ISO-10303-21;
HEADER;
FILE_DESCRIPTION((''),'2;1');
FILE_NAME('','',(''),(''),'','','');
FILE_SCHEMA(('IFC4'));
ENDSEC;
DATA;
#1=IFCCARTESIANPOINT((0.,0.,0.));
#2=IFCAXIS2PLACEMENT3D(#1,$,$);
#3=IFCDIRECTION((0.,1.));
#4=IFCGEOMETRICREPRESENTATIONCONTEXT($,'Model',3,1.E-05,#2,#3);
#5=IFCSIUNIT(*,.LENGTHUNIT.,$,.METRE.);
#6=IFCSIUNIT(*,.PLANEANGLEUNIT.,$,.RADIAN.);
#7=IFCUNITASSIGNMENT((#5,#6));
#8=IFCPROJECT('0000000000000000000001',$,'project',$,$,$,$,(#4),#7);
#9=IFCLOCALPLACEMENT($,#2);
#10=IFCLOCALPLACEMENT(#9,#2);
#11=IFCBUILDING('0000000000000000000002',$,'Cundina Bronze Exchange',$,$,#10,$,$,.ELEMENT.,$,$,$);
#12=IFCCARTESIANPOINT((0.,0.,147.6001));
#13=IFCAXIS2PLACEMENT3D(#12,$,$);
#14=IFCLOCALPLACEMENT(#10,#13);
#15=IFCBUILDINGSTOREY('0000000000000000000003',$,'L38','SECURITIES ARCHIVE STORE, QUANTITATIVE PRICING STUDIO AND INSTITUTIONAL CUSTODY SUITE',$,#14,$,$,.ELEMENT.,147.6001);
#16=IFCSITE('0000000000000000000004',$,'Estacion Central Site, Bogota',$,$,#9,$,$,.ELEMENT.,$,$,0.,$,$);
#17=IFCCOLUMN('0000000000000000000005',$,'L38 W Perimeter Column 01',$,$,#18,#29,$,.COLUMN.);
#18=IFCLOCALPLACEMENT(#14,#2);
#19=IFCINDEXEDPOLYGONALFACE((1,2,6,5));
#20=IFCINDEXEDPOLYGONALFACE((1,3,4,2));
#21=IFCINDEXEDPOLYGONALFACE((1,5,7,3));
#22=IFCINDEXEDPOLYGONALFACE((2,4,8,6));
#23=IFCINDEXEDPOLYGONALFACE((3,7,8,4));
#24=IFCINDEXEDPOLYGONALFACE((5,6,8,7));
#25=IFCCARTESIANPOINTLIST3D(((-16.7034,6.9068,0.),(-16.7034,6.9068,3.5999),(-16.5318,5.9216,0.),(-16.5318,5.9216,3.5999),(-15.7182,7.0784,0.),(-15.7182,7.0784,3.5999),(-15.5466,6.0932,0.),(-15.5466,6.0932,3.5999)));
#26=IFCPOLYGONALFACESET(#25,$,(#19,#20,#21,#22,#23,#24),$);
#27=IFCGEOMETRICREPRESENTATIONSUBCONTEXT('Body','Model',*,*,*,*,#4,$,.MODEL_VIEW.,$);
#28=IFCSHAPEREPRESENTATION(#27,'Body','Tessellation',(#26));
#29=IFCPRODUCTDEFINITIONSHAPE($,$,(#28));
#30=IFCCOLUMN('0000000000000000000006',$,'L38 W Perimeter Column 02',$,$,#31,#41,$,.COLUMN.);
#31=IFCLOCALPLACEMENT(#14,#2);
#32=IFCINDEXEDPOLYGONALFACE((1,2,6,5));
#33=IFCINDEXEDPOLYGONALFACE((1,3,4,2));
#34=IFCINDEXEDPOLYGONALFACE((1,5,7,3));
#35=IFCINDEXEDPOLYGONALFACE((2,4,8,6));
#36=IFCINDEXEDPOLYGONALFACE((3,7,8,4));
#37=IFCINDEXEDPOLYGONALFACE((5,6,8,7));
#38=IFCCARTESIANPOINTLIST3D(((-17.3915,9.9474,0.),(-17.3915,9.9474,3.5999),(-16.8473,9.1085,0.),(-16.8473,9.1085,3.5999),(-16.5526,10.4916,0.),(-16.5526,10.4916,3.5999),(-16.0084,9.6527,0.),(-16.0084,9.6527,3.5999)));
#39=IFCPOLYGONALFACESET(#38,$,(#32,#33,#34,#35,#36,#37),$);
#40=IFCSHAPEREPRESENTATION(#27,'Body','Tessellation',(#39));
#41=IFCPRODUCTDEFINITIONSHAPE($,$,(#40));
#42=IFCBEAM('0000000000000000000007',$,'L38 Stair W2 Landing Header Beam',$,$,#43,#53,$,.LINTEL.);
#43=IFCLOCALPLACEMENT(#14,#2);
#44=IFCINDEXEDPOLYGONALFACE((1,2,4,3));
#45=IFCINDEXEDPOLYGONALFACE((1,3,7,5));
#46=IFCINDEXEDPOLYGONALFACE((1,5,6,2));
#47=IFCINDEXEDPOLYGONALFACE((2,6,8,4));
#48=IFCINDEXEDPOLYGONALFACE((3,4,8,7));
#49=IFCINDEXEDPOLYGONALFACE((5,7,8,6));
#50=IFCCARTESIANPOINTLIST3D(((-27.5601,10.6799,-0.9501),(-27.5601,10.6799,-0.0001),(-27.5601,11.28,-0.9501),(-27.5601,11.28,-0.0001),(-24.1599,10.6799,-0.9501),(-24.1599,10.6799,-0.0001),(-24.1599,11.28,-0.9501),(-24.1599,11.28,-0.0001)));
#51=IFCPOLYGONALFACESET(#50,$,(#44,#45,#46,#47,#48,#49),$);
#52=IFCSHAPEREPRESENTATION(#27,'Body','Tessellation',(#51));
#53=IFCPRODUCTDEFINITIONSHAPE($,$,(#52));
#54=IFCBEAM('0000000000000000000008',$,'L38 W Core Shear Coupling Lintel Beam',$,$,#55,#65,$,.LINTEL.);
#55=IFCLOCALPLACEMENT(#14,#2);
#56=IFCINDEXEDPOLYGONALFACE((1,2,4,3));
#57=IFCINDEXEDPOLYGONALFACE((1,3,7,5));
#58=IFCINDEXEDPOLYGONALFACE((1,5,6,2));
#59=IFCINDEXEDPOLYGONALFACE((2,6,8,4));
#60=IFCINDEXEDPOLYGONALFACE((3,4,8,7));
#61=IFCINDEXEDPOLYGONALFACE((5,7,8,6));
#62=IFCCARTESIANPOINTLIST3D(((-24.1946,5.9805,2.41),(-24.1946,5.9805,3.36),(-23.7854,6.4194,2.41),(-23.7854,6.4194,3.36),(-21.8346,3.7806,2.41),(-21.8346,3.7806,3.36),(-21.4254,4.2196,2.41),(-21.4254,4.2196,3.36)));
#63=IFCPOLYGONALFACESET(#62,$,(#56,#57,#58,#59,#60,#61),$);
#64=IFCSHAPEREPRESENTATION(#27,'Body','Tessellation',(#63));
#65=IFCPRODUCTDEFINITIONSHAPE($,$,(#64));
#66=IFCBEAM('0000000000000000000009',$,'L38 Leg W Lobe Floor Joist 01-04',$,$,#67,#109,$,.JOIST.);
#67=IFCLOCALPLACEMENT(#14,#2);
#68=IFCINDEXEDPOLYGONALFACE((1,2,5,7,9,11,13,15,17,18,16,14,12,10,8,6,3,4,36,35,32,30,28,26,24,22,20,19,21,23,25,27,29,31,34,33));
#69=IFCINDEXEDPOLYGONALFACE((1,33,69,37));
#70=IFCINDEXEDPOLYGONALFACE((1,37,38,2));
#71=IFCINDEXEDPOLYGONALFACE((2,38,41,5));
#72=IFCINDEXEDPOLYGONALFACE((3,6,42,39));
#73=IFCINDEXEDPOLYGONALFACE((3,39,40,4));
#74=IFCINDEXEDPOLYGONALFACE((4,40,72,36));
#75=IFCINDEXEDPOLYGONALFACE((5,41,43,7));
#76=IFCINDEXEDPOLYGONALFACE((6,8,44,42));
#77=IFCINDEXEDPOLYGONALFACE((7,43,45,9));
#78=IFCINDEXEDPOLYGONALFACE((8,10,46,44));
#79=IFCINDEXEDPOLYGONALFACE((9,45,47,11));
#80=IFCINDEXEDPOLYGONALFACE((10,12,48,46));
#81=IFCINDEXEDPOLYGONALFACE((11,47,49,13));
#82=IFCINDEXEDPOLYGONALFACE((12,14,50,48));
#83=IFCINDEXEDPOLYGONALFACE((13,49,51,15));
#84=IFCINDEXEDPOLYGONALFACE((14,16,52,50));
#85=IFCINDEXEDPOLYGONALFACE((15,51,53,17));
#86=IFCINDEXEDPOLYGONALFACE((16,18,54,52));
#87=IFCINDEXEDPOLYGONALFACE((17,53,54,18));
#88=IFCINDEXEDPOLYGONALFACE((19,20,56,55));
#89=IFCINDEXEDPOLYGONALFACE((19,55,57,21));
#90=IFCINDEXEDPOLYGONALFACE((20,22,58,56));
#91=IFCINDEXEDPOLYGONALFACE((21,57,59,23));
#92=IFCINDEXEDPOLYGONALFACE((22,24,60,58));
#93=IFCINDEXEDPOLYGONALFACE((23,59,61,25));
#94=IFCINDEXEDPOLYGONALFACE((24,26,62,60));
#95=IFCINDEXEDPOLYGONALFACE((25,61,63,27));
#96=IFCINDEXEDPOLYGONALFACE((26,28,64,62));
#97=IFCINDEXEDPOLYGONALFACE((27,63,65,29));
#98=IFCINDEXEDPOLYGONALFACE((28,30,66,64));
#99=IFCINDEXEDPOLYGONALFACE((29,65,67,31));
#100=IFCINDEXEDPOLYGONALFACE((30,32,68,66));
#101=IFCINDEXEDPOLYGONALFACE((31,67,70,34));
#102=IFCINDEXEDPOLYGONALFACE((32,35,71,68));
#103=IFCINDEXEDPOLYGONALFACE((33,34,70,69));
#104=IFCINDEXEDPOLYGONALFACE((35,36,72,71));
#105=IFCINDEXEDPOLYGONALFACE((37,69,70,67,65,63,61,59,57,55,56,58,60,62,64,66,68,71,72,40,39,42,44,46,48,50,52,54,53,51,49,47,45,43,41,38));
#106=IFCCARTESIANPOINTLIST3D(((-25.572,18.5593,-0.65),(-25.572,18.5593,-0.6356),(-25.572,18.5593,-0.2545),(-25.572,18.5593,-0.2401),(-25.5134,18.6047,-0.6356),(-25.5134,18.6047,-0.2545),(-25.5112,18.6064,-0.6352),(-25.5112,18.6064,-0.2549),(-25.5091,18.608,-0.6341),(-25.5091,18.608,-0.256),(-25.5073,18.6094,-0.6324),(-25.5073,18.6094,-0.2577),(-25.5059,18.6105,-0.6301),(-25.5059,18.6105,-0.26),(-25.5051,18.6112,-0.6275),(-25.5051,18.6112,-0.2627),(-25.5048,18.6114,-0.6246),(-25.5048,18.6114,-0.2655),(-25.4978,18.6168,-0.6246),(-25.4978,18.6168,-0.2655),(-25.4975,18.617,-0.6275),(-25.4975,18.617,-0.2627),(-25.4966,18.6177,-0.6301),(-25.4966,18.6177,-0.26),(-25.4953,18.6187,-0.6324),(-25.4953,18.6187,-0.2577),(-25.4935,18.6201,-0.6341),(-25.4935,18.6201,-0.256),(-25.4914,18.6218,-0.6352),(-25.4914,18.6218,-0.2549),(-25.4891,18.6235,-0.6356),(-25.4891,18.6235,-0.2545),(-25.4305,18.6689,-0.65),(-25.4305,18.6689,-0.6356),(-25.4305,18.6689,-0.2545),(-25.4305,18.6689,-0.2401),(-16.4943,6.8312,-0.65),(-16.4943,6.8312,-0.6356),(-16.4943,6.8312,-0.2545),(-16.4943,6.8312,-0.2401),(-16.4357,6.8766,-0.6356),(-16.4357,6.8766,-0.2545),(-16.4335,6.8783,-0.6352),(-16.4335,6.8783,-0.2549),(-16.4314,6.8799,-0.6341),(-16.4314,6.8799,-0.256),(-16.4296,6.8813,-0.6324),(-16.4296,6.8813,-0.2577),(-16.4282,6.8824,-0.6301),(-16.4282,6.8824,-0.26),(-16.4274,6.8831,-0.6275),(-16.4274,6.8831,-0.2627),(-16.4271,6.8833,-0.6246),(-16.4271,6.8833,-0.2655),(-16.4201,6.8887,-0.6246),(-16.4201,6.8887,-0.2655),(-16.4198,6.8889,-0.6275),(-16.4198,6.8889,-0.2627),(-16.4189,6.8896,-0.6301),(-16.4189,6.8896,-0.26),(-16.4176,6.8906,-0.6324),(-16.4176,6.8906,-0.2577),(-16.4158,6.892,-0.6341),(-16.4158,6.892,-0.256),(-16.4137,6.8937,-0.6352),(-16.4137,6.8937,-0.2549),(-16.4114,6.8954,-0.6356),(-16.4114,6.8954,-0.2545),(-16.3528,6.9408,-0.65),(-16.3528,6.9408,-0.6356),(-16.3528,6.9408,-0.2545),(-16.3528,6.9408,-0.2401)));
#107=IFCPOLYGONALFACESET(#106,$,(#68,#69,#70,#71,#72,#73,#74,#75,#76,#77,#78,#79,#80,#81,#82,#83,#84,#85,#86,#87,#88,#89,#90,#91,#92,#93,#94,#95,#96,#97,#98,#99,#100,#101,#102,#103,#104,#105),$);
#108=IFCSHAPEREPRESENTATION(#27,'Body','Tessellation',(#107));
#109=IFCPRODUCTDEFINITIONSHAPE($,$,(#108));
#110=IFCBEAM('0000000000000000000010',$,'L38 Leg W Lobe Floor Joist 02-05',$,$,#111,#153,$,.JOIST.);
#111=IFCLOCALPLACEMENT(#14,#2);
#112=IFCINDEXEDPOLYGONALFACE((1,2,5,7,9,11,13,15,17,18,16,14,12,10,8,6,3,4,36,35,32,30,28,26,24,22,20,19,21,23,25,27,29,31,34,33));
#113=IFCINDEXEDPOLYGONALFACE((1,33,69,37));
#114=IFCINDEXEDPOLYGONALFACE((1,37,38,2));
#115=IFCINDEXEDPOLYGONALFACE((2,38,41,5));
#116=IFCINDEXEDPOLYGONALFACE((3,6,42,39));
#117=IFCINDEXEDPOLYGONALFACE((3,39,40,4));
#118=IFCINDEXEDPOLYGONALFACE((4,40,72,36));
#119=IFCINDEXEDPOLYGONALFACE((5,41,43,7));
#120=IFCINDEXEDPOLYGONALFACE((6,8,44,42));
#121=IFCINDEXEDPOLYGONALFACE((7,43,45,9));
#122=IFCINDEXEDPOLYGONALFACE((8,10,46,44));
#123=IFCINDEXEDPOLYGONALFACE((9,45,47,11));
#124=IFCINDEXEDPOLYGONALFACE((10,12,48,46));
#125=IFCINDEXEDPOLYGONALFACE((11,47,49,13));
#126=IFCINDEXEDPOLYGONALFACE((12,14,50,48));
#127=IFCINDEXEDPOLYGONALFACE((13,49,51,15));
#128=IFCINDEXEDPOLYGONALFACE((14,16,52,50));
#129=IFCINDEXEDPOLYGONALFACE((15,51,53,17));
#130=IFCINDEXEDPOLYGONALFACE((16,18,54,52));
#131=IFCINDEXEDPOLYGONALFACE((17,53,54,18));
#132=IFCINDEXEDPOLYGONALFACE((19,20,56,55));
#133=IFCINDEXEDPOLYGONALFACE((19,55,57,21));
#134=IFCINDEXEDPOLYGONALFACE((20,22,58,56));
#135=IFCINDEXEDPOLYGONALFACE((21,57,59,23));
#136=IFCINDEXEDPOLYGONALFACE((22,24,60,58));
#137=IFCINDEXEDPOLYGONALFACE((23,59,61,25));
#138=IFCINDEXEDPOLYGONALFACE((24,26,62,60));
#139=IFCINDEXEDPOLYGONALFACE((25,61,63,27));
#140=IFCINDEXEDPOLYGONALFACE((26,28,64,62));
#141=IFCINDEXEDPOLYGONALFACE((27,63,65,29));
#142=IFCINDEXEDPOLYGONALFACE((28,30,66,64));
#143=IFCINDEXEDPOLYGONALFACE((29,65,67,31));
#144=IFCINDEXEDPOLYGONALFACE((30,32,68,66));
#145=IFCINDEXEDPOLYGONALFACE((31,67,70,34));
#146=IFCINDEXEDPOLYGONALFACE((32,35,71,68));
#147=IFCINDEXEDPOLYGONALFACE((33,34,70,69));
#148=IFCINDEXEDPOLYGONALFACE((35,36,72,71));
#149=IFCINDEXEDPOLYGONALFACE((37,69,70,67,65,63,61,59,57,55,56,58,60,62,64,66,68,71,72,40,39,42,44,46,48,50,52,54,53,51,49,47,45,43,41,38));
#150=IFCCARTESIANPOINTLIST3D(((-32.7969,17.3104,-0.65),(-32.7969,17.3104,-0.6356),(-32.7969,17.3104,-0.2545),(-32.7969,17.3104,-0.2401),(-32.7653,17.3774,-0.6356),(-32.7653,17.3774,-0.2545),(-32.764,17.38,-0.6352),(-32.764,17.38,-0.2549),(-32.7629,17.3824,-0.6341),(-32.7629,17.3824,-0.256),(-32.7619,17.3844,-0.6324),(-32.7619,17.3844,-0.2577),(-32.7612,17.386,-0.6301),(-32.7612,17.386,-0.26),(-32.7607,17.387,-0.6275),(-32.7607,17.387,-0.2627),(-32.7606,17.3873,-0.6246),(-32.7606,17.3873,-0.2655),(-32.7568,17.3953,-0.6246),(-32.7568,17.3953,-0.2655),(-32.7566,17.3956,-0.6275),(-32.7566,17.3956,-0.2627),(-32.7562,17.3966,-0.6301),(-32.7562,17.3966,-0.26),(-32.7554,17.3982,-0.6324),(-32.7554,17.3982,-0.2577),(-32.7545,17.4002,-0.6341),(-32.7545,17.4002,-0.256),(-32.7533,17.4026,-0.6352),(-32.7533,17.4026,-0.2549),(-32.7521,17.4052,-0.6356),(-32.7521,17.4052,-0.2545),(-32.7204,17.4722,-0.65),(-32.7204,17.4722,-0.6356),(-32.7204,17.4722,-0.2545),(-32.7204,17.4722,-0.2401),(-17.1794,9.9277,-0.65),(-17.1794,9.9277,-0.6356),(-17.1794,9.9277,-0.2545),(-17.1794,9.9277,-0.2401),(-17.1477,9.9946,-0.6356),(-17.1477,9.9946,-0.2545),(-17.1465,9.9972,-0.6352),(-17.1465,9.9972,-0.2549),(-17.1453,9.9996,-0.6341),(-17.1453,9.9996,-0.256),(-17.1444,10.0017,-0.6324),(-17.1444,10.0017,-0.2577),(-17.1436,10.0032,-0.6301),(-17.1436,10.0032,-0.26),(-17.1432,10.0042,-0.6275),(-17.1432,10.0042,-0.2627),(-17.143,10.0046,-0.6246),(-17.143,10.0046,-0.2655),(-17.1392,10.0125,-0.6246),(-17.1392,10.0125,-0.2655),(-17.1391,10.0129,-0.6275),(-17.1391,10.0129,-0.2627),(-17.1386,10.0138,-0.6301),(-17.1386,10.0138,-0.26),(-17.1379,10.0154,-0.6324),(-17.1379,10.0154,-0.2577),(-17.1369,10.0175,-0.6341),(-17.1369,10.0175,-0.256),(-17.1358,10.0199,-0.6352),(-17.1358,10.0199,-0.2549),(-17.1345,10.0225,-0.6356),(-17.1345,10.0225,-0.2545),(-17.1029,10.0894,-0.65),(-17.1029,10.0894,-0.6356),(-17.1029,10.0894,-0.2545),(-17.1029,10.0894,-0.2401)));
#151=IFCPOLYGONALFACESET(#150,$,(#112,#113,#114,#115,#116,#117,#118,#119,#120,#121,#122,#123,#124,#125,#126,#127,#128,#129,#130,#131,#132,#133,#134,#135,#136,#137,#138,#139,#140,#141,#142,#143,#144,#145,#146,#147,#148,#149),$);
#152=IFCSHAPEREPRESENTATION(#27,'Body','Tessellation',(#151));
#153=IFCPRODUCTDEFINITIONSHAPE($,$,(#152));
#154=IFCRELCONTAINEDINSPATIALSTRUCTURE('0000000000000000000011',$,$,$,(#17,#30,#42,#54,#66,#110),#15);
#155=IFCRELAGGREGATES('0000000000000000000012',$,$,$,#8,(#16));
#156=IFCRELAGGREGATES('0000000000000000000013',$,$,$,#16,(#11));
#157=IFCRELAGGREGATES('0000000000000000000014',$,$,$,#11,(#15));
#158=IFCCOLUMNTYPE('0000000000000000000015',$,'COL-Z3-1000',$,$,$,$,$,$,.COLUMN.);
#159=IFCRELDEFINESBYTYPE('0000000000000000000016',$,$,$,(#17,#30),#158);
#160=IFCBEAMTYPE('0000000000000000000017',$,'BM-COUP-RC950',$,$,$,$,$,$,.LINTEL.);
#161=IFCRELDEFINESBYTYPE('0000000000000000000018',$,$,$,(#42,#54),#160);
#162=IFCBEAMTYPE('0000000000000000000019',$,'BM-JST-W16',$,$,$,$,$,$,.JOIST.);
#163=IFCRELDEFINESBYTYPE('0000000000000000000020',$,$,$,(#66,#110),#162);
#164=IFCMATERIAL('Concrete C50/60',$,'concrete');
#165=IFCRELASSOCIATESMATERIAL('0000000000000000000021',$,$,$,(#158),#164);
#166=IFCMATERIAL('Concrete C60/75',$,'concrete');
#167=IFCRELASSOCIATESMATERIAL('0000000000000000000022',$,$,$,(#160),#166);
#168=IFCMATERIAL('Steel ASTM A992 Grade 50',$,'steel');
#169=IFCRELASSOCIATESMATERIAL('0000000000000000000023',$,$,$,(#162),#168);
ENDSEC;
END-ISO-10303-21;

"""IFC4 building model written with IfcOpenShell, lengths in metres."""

from ifc_helpers import new_model, si_unit, direction, frame, origin, origin_2d, place, context, subcontext, project, spatial, rectangle, i_section, extrude, material, material_profile, profile_set, type_object, element, save


model = new_model("IFC4")

# Units and contexts
model_context = context("Model", 3, precision=1e-05, world=origin(), true_north=direction((0.0, 1.0)))
body_context = subcontext(model_context, "Body", "Model", "MODEL_VIEW")
ifc_project = project(units=[si_unit("LENGTHUNIT", "METRE"), si_unit("PLANEANGLEUNIT", "RADIAN")], contexts=[model_context])

# Site, building, storey
site_placement = place(None, origin())
site = spatial("IfcSite", under=ifc_project, at=site_placement, Name="Estacion Central Site, Bogota", CompositionType="ELEMENT", RefElevation=0.0)
building_placement = place(site_placement, origin())
building = spatial("IfcBuilding", under=site, at=building_placement, Name="Cundina Bronze Exchange", CompositionType="ELEMENT")
storey_placement = place(building_placement, frame((0.0, 0.0, 147.6001)))
storey = spatial("IfcBuildingStorey", under=building, at=storey_placement, Name="L38", Description="SECURITIES ARCHIVE STORE, QUANTITATIVE PRICING STUDIO AND INSTITUTIONAL CUSTODY SUITE", CompositionType="ELEMENT", Elevation=147.6001)

# Columns
ifc_material_1 = material(Name="Concrete C50/60", Category="concrete")
ifc_material_profile_1 = material_profile(ifc_material_1, rectangle(XDim=1.0, YDim=1.0, at=origin_2d()), Name="RC1000X1000", Category="concrete")
ifc_profile_set_1 = profile_set([ifc_material_profile_1], Name="Concrete C50/60")
column_type = type_object("IfcColumnType", Name="COL-Z3-1000", PredefinedType="COLUMN", material=ifc_profile_set_1)
for number, where, z_axis, x_axis, name in (
    (1, (-16.125, 6.5, 0.0), (0.0, 0.0, 1.0), (-0.171585, 0.985169, 0.0), "L38 W Perimeter Column 01"),
    (2, (-16.7, 9.8, 0.0), (0.0, 0.0, 1.0), (-0.5442, 0.838956, 0.0), "L38 W Perimeter Column 02"),
):
    element("IfcColumn", number, at=place(storey_placement, frame(where, z_axis=z_axis, x_axis=x_axis)), inside=storey, type_object=column_type, Name=name, PredefinedType="COLUMN", context=body_context, shape_type="SweptSolid", body=[
        extrude(rectangle(XDim=1.0, YDim=1.0, at=origin_2d()), origin(), (0.0, 0.0, 1.0), 3.5999),
    ])

# Beams
ifc_material_2 = material(Name="Concrete C60/75", Category="concrete")
ifc_material_profile_2 = material_profile(ifc_material_2, rectangle(XDim=0.6001, YDim=0.95, at=origin_2d()), Name="RC600X950", Category="concrete")
ifc_profile_set_2 = profile_set([ifc_material_profile_2], Name="Concrete C60/75")
beam_type_1 = type_object("IfcBeamType", Name="BM-COUP-RC950", PredefinedType="LINTEL", material=ifc_profile_set_2)
beam_1_placement = place(storey_placement, frame((-27.5601, 10.98, -0.4751), z_axis=(1.0, 0.0, 0.0), x_axis=(0.0, 1.0, 0.0)))
element("IfcBeam", 3, at=beam_1_placement, inside=storey, type_object=beam_type_1, Name="L38 Stair W2 Landing Header Beam", PredefinedType="LINTEL", context=body_context, shape_type="SweptSolid", body=[
    extrude(rectangle(XDim=0.6001, YDim=0.95, at=origin_2d()), origin(), (0.0, 0.0, 1.0), 3.4001),
])
beam_2_placement = place(storey_placement, frame((-23.99, 6.2, 2.885), z_axis=(0.73149, -0.681852, 0.0), x_axis=(0.681852, 0.73149, 0.0)))
element("IfcBeam", 4, at=beam_2_placement, inside=storey, type_object=beam_type_1, Name="L38 W Core Shear Coupling Lintel Beam", PredefinedType="LINTEL", context=body_context, shape_type="SweptSolid", body=[
    extrude(rectangle(XDim=0.6001, YDim=0.95, at=origin_2d()), origin(), (0.0, 0.0, 1.0), 3.2263),
])
ifc_material_3 = material(Name="Steel ASTM A992 Grade 50", Category="steel")
ifc_material_profile_3 = material_profile(ifc_material_3, i_section(OverallWidth=0.179, OverallDepth=0.4099, WebThickness=0.0088, FlangeThickness=0.0144, FilletRadius=0.011, at=origin_2d()), Name="W16X45", Category="steel")
ifc_profile_set_3 = profile_set([ifc_material_profile_3], Name="Steel ASTM A992 Grade 50")
beam_type_2 = type_object("IfcBeamType", Name="BM-JST-W16", PredefinedType="JOIST", material=ifc_profile_set_3)
beam_3_placement = place(storey_placement, frame((-16.4236, 6.886, -0.4451), z_axis=(-0.612084, 0.790793, 0.0), x_axis=(-0.790793, -0.612084, 0.0)))
element("IfcBeam", 5, at=beam_3_placement, inside=storey, type_object=beam_type_2, Name="L38 Leg W Lobe Floor Joist 01-04", PredefinedType="JOIST", context=body_context, shape_type="SweptSolid", body=[
    extrude(i_section(OverallWidth=0.179, OverallDepth=0.4099, WebThickness=0.0088, FlangeThickness=0.0144, FilletRadius=0.011, at=origin_2d()), origin(), (0.0, 0.0, 1.0), 14.8308),
])
beam_4_placement = place(storey_placement, frame((-17.1411, 10.0085, -0.4451), z_axis=(-0.904074, 0.427375, 0.0), x_axis=(-0.427375, -0.904074, 0.0)))
element("IfcBeam", 6, at=beam_4_placement, inside=storey, type_object=beam_type_2, Name="L38 Leg W Lobe Floor Joist 02-05", PredefinedType="JOIST", context=body_context, shape_type="SweptSolid", body=[
    extrude(i_section(OverallWidth=0.179, OverallDepth=0.4099, WebThickness=0.0088, FlangeThickness=0.0144, FilletRadius=0.011, at=origin_2d()), origin(), (0.0, 0.0, 1.0), 17.2747),
])

save(model, "model.ifc")
